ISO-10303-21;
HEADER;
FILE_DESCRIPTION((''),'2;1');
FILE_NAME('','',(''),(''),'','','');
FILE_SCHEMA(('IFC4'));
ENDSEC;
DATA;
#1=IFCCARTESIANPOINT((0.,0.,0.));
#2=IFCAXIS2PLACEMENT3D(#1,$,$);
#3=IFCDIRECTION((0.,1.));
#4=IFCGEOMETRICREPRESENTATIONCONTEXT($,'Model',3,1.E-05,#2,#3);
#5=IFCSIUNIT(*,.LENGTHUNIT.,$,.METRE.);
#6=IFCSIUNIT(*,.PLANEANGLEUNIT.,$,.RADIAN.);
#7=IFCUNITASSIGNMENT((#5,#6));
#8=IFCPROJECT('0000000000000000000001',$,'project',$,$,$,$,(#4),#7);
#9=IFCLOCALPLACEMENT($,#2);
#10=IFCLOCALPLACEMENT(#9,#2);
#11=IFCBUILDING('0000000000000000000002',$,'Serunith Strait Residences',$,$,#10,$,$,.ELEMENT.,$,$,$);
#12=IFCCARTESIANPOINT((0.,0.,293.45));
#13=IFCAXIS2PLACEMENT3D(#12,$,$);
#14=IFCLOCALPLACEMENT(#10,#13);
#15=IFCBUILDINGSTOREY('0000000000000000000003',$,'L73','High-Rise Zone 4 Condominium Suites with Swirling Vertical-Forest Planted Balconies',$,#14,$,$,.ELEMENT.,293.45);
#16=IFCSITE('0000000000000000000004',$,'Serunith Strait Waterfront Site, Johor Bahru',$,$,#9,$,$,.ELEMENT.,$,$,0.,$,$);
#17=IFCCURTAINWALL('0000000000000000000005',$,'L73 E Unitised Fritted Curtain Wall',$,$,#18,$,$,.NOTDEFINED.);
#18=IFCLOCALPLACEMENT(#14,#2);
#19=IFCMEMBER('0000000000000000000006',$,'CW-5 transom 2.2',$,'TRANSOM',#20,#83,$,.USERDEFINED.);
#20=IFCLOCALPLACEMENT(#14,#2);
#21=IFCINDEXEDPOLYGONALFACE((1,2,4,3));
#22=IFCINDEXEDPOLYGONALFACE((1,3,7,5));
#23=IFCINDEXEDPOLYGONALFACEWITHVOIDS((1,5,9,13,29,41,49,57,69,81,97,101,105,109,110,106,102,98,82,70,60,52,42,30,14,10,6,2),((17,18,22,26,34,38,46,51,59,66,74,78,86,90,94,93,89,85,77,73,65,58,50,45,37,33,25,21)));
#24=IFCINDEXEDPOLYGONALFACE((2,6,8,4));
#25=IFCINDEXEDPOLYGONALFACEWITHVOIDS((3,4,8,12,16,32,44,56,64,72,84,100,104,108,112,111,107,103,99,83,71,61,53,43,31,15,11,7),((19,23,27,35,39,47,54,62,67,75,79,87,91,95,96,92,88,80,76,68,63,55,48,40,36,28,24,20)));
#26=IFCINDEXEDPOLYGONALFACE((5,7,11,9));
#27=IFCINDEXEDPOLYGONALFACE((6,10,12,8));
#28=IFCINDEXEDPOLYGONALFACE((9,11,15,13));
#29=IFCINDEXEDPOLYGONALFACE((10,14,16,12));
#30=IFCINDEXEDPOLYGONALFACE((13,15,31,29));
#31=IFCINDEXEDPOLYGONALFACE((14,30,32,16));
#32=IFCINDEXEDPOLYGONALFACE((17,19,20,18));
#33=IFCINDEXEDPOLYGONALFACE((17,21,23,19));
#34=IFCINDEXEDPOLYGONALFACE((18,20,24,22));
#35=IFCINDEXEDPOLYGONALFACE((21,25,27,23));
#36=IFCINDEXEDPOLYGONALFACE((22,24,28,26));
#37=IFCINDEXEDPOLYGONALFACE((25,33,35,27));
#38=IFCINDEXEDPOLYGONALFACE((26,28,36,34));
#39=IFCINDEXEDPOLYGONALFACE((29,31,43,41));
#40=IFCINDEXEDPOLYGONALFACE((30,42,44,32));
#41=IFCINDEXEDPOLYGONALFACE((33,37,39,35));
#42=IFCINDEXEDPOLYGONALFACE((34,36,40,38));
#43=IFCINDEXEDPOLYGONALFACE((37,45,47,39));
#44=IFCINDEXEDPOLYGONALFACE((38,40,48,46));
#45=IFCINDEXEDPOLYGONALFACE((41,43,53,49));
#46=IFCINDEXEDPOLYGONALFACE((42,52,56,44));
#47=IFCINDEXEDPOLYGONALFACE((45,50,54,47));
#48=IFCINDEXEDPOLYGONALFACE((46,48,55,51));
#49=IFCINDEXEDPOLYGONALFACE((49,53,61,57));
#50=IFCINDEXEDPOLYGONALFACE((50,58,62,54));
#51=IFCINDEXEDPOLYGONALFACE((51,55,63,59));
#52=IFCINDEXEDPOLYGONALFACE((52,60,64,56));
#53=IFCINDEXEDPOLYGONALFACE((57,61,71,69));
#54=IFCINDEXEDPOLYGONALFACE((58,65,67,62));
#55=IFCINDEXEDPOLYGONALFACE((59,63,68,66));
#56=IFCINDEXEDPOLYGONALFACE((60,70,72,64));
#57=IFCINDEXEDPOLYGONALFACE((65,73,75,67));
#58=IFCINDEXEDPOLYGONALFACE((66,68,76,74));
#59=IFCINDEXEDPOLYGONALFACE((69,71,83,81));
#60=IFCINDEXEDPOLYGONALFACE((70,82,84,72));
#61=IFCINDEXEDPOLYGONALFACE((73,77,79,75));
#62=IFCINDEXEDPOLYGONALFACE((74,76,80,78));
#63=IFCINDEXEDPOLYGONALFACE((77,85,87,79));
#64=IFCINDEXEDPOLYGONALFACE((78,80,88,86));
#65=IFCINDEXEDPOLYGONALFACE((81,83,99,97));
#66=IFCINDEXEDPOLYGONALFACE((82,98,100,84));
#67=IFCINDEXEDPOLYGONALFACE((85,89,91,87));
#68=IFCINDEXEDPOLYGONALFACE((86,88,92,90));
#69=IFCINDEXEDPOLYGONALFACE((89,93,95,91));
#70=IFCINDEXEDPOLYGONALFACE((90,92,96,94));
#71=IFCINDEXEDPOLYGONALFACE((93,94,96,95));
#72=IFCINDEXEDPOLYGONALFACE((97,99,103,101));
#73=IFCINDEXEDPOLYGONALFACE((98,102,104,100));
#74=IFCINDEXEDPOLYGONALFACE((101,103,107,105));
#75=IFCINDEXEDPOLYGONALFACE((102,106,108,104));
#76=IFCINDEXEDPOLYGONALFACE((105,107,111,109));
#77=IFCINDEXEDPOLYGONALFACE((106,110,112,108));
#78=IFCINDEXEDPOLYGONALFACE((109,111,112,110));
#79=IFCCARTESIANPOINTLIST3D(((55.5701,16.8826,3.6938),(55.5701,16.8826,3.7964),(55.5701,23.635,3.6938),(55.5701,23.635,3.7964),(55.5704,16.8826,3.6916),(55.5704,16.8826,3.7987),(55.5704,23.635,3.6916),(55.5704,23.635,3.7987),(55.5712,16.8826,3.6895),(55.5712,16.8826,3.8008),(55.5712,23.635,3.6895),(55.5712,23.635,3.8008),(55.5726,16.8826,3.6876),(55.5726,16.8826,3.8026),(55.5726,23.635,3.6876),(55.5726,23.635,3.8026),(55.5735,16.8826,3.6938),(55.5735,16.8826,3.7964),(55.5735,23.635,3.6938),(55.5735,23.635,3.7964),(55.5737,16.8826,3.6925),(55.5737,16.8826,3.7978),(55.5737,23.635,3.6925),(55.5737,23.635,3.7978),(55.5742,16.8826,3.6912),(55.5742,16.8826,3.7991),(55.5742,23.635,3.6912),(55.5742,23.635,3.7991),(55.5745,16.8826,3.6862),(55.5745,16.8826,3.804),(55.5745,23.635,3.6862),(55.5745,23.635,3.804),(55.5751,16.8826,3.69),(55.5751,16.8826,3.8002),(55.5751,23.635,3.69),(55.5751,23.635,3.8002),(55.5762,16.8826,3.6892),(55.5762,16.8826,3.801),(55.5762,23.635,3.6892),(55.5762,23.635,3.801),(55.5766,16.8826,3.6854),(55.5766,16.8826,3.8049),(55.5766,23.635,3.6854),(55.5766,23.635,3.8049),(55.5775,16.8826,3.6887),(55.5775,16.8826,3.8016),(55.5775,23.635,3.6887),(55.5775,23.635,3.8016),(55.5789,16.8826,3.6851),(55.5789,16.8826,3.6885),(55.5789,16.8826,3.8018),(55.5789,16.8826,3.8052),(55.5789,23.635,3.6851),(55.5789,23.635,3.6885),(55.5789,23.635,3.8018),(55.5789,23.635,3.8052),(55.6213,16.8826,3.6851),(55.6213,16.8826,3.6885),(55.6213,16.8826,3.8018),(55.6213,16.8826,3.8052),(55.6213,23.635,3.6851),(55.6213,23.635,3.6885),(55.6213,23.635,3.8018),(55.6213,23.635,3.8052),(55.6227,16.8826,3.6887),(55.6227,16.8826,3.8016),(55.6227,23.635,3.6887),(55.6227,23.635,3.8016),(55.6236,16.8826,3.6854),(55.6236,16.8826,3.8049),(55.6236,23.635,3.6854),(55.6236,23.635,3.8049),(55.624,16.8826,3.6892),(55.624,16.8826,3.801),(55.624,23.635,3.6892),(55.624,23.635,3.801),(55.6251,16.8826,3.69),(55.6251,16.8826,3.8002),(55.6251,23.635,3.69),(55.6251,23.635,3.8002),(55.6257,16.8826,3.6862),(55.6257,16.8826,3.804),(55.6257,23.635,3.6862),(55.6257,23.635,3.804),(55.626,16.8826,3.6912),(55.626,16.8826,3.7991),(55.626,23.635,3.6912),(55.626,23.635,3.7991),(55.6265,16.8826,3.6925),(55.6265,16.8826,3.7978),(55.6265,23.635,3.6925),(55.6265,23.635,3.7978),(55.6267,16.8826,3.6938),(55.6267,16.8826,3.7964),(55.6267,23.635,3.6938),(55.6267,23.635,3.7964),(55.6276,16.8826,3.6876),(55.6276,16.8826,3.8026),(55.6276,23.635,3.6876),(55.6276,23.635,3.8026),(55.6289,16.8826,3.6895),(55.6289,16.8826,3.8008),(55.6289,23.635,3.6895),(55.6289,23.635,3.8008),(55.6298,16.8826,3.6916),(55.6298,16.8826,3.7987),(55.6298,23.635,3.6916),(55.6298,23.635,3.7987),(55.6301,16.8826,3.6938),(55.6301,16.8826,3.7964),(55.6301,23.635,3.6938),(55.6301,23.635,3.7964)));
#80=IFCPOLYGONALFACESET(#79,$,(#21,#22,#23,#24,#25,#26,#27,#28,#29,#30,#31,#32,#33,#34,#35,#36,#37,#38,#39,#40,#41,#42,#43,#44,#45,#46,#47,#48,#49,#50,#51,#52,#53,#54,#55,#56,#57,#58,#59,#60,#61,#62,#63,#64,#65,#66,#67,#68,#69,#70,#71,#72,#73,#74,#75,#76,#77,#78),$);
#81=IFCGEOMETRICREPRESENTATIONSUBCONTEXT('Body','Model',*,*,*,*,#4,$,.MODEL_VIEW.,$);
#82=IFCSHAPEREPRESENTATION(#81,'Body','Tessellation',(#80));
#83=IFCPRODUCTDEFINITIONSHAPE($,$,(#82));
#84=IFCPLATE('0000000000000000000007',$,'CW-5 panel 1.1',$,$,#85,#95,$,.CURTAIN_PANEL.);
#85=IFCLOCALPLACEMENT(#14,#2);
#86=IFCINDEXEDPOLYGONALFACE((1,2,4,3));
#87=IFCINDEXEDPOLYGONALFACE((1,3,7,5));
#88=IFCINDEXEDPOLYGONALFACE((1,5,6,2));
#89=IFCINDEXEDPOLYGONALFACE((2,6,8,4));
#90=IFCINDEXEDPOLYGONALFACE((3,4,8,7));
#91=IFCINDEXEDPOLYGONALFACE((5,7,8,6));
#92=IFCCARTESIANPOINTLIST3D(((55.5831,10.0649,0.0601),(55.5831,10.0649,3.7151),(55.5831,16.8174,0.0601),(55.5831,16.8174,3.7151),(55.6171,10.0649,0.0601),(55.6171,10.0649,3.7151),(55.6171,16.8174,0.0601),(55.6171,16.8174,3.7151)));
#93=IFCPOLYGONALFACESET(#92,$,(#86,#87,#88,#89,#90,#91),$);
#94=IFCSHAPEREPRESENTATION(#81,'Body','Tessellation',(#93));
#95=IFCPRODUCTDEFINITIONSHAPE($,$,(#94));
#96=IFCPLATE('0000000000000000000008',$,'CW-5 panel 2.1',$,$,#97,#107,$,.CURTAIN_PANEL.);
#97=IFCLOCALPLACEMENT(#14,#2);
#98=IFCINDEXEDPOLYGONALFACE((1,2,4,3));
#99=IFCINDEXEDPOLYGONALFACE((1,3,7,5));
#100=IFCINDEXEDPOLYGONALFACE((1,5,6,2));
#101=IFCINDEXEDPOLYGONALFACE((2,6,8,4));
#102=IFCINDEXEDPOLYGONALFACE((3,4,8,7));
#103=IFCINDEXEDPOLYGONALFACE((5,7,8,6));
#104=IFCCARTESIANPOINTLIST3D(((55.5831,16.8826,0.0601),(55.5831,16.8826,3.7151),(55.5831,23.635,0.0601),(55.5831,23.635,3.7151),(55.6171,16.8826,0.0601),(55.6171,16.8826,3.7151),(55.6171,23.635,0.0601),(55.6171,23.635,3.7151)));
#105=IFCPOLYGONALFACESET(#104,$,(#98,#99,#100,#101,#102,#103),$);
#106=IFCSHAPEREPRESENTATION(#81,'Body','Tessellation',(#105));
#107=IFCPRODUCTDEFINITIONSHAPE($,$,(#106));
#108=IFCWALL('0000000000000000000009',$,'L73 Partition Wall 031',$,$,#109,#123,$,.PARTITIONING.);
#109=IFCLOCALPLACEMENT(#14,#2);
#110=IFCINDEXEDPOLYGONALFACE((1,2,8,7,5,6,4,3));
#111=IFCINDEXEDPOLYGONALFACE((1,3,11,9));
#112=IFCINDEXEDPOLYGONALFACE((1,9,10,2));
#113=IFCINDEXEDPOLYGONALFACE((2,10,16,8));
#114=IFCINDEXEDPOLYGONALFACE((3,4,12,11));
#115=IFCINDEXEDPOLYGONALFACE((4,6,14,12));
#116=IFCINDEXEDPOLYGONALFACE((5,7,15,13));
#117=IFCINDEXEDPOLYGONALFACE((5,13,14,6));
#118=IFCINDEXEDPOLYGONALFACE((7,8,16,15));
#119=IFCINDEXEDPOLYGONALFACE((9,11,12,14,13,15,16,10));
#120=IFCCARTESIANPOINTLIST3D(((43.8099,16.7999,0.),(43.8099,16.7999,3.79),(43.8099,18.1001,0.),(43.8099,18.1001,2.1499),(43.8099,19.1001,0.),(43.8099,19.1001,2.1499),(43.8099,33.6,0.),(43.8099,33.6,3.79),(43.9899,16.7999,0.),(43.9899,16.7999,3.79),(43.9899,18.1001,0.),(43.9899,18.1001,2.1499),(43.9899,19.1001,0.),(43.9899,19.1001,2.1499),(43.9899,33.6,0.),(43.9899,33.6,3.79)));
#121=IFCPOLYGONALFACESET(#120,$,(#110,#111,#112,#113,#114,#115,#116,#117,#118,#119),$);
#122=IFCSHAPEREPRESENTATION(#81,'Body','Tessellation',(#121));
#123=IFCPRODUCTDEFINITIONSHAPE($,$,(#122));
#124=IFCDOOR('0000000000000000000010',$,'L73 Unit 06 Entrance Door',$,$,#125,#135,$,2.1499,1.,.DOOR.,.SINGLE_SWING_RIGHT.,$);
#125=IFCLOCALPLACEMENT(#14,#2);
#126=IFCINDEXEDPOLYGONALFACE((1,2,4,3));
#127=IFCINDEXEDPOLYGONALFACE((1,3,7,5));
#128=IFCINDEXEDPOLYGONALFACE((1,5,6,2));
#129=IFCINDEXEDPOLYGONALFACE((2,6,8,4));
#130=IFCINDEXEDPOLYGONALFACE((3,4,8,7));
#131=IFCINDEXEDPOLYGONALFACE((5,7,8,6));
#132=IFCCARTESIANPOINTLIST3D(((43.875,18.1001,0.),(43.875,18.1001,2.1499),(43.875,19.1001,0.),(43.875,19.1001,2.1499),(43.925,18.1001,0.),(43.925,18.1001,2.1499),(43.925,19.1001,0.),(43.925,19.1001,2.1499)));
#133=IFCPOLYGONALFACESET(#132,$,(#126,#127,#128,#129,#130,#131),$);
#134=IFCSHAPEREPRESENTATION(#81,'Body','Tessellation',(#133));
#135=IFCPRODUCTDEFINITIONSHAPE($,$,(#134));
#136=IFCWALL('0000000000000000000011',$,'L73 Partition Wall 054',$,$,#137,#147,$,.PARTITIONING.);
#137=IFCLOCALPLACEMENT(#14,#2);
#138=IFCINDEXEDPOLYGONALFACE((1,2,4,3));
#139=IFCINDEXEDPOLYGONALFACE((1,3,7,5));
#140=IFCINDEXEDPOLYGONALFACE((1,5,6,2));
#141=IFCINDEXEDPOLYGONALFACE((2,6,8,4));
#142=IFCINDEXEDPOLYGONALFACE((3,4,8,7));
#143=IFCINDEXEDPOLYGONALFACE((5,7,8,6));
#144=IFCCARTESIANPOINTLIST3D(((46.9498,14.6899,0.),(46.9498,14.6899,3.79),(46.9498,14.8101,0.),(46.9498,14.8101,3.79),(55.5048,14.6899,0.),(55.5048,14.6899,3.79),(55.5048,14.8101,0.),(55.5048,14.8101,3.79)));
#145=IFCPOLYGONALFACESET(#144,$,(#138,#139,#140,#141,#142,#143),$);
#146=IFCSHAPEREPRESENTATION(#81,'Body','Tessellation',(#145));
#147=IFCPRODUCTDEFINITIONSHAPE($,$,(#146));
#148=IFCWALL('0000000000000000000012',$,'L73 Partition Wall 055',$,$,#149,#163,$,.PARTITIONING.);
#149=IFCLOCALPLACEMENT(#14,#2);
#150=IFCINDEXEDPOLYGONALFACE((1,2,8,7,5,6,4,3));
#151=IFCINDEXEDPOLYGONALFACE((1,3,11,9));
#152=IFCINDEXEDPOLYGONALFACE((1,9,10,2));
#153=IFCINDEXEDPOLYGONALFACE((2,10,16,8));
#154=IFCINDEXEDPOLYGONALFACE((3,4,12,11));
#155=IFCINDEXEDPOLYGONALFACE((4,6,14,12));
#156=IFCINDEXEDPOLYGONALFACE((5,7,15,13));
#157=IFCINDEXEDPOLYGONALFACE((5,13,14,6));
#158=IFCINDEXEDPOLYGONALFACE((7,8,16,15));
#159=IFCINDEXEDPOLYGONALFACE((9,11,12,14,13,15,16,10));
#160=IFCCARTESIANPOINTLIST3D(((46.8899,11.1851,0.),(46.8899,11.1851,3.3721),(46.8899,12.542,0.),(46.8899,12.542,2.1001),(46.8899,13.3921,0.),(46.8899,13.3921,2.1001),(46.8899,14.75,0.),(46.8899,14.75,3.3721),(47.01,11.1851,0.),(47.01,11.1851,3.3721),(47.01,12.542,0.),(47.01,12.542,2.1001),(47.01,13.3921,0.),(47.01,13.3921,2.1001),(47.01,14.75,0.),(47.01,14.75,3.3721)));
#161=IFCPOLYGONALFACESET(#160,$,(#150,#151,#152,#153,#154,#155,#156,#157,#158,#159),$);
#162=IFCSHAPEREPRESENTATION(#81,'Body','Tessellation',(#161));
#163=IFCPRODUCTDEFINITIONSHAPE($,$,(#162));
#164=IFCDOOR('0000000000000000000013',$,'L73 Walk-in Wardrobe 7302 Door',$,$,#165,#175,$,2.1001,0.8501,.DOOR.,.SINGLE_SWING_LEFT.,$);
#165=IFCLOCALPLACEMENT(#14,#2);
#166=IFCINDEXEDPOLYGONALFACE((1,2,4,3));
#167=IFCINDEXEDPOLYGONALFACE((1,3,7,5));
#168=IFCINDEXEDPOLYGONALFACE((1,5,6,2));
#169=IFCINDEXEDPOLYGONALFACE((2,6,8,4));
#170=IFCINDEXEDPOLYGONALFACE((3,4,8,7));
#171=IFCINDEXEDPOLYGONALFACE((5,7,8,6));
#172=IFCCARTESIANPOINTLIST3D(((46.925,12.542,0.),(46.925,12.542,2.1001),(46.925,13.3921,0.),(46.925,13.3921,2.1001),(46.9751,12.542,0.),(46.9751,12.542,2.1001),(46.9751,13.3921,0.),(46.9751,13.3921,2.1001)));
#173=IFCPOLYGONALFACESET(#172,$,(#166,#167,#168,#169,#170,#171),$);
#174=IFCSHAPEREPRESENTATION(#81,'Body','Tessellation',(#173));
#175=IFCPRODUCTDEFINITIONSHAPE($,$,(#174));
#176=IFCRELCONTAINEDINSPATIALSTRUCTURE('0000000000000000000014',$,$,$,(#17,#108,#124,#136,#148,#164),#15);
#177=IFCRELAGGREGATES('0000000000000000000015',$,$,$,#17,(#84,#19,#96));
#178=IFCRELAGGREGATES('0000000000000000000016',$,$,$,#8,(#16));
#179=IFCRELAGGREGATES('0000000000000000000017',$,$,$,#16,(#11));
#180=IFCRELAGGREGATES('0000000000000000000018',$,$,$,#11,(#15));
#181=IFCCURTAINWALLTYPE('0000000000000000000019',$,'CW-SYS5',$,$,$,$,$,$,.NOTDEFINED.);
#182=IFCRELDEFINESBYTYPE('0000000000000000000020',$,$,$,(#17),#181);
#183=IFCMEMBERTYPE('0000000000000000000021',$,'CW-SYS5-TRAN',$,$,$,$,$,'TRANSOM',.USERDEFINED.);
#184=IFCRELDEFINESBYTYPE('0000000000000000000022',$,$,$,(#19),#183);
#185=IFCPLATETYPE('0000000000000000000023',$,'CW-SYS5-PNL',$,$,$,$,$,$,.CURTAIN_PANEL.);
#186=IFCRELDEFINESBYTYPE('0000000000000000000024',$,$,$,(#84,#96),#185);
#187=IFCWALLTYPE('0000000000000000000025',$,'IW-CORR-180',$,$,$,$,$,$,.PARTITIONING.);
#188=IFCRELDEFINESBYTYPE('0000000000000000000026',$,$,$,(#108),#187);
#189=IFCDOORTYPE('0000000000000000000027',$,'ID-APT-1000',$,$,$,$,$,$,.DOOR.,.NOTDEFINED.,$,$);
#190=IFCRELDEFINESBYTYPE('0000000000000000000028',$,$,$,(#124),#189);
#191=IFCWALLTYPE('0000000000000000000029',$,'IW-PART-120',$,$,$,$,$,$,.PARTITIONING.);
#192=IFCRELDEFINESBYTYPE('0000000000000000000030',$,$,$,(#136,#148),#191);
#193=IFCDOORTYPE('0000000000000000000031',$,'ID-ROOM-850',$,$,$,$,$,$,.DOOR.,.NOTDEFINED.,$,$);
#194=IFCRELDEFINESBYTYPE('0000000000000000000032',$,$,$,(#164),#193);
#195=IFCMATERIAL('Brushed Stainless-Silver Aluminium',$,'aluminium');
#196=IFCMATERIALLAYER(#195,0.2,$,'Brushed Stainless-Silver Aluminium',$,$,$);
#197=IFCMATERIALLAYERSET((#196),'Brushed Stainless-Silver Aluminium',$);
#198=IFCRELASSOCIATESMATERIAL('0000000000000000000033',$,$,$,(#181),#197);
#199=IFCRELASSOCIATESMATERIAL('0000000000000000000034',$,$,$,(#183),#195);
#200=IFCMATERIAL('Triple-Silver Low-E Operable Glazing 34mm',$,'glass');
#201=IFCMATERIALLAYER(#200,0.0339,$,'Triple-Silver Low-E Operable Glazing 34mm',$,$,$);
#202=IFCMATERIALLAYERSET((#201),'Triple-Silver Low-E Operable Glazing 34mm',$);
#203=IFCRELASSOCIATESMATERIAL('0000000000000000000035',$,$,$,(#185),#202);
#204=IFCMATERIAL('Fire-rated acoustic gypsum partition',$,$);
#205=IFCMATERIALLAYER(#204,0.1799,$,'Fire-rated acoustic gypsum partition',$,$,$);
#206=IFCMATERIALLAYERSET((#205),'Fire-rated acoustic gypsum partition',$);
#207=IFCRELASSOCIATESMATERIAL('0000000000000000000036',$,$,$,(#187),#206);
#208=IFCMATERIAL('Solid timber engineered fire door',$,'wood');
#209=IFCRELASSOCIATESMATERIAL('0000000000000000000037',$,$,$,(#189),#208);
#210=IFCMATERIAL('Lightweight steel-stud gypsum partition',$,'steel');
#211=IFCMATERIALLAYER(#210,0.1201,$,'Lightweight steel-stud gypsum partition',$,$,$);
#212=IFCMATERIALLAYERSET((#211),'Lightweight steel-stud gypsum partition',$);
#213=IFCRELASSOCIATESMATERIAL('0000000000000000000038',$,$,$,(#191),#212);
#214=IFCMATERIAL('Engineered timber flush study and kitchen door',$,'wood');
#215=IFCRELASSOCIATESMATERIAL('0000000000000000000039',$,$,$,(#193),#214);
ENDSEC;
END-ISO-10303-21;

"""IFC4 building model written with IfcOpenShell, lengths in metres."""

from ifc_helpers import new_model, si_unit, direction, frame, frame_2d, origin, origin_2d, place, context, subcontext, project, spatial, rectangle, hollow_rectangle, extrude, source, transform, mapped, material, layer, layer_set, material_profile, profile_set, type_object, element, fill, aggregate, save


model = new_model("IFC4")

# Units and contexts
model_context = context("Model", 3, precision=1e-05, world=origin(), true_north=direction((0.0, 1.0)))
body_context = subcontext(model_context, "Body", "Model", "MODEL_VIEW")
ifc_project = project(units=[si_unit("LENGTHUNIT", "METRE"), si_unit("PLANEANGLEUNIT", "RADIAN")], contexts=[model_context])

# Site, building, storey
site_placement = place(None, origin())
site = spatial("IfcSite", under=ifc_project, at=site_placement, Name="Serunith Strait Waterfront Site, Johor Bahru", CompositionType="ELEMENT", RefElevation=0.0)
building_placement = place(site_placement, origin())
building = spatial("IfcBuilding", under=site, at=building_placement, Name="Serunith Strait Residences", CompositionType="ELEMENT")
storey_placement = place(building_placement, frame((0.0, 0.0, 293.45)))
storey = spatial("IfcBuildingStorey", under=building, at=storey_placement, Name="L73", Description="High-Rise Zone 4 Condominium Suites with Swirling Vertical-Forest Planted Balconies", CompositionType="ELEMENT", Elevation=293.45)

# Curtain wall, member, plates
ifc_material_1 = material(Name="Brushed Stainless-Silver Aluminium", Category="aluminium")
ifc_layer_1 = layer(ifc_material_1, 0.2, Name="Brushed Stainless-Silver Aluminium")
ifc_layer_set_1 = layer_set([ifc_layer_1], Name="Brushed Stainless-Silver Aluminium")
curtain_wall_type = type_object("IfcCurtainWallType", Name="CW-SYS5", PredefinedType="NOTDEFINED", material=ifc_layer_set_1)
curtain_wall_placement = place(storey_placement, origin())
curtain_wall = element("IfcCurtainWall", 1, at=curtain_wall_placement, inside=storey, type_object=curtain_wall_type, Name="L73 E Unitised Fritted Curtain Wall", PredefinedType="NOTDEFINED")
ifc_material_profile_1 = material_profile(ifc_material_1, hollow_rectangle(XDim=0.0601, YDim=0.1201, WallThickness=0.0034, InnerFilletRadius=0.0054, OuterFilletRadius=0.0088, at=origin_2d()), Name="ALU 120x60x3.5")
ifc_profile_set_1 = profile_set([ifc_material_profile_1], Name="Brushed Stainless-Silver Aluminium")
member_type_1 = type_object("IfcMemberType", Name="CW-SYS5-TRAN", ElementType="TRANSOM", PredefinedType="USERDEFINED", material=ifc_profile_set_1)
shared_shape_1 = source(origin(), body_context, "Body", "SweptSolid", [
    extrude(hollow_rectangle(XDim=0.0601, YDim=0.1201, WallThickness=0.0034, InnerFilletRadius=0.0054, OuterFilletRadius=0.0088, at=origin_2d()), origin(), (0.0, 0.0, 1.0), 6.7524),
])
member_1_placement = place(storey_placement, frame((55.6001, 16.8826, 3.7451), z_axis=(0.0, 1.0, 0.0), x_axis=(-1.0, 0.0, 0.0)))
member_1 = element("IfcMember", 2, at=member_1_placement, type_object=member_type_1, Name="CW-5 transom 2.2", ObjectType="TRANSOM", PredefinedType="USERDEFINED", context=body_context, shape_type="MappedRepresentation", body=[
    mapped(shared_shape_1, transform((0.0, 0.0, 0.0), scale=1.0)),
])
ifc_material_2 = material(Name="Triple-Silver Low-E Operable Glazing 34mm", Category="glass")
ifc_layer_2 = layer(ifc_material_2, 0.0339, Name="Triple-Silver Low-E Operable Glazing 34mm")
ifc_layer_set_2 = layer_set([ifc_layer_2], Name="Triple-Silver Low-E Operable Glazing 34mm")
plate_type = type_object("IfcPlateType", Name="CW-SYS5-PNL", PredefinedType="CURTAIN_PANEL", material=ifc_layer_set_2)
shared_shape_2 = source(origin(), body_context, "Body", "SweptSolid", [
    extrude(rectangle(XDim=6.7524, YDim=0.0339, at=origin_2d()), origin(), (0.0, 0.0, 1.0), 3.655),
])
plate_1_placement = place(storey_placement, frame((55.6001, 13.4412, 0.0601), z_axis=(0.0, 0.0, 1.0), x_axis=(0.0, 1.0, 0.0)))
plate_1 = element("IfcPlate", 3, at=plate_1_placement, type_object=plate_type, Name="CW-5 panel 1.1", PredefinedType="CURTAIN_PANEL", context=body_context, shape_type="MappedRepresentation", body=[
    mapped(shared_shape_2, transform((0.0, 0.0, 0.0), scale=1.0)),
])
plate_2_placement = place(storey_placement, frame((55.6001, 20.2588, 0.0601), z_axis=(0.0, 0.0, 1.0), x_axis=(0.0, 1.0, 0.0)))
plate_2 = element("IfcPlate", 4, at=plate_2_placement, type_object=plate_type, Name="CW-5 panel 2.1", PredefinedType="CURTAIN_PANEL", context=body_context, shape_type="MappedRepresentation", body=[
    mapped(shared_shape_2, transform((0.0, 0.0, 0.0), scale=1.0)),
])
aggregate(curtain_wall, [plate_1, member_1, plate_2])

# Wall, opening, door
ifc_material_3 = material(Name="Fire-rated acoustic gypsum partition")
ifc_layer_3 = layer(ifc_material_3, 0.1799, Name="Fire-rated acoustic gypsum partition")
ifc_layer_set_3 = layer_set([ifc_layer_3], Name="Fire-rated acoustic gypsum partition")
wall_type_1 = type_object("IfcWallType", Name="IW-CORR-180", PredefinedType="PARTITIONING", material=ifc_layer_set_3)
wall_1_placement = place(storey_placement, frame((43.8999, 16.8, 0.0), z_axis=(0.0, 0.0, 1.0), x_axis=(0.0, 1.0, 0.0)))
wall_1 = element("IfcWall", 5, at=wall_1_placement, inside=storey, type_object=wall_type_1, Name="L73 Partition Wall 031", PredefinedType="PARTITIONING", context=body_context, shape_type="SweptSolid", body=[
    extrude(rectangle(XDim=16.8, YDim=0.1799, at=frame_2d((8.3999, 0.0))), origin(), (0.0, 0.0, 1.0), 3.79),
])
opening_1_placement = place(wall_1_placement, frame((1.3, 0.0, 0.0)))
opening_1 = element("IfcOpeningElement", 6, at=opening_1_placement, cuts=wall_1, PredefinedType="OPENING", context=body_context, shape_type="SweptSolid", body=[
    extrude(rectangle(XDim=1.0, YDim=2.1499, at=frame_2d((0.5, 1.075))), frame((0.0, 0.1001, 0.0), z_axis=(0.0, -1.0, 0.0), x_axis=(1.0, 0.0, 0.0)), (0.0, 0.0, 1.0), 0.2),
])
ifc_material_4 = material(Name="Solid timber engineered fire door", Category="wood")
door_type_1 = type_object("IfcDoorType", Name="ID-APT-1000", OperationType="NOTDEFINED", PredefinedType="DOOR", material=ifc_material_4)
shared_shape_3 = source(origin(), body_context, "Body", "SweptSolid", [
    extrude(rectangle(XDim=1.0, YDim=2.1499, at=frame_2d((0.5, 1.075))), frame((0.0, 0.0249, 0.0), z_axis=(0.0, -1.0, 0.0), x_axis=(1.0, 0.0, 0.0)), (0.0, 0.0, 1.0), 0.05),
])
door_1_placement = place(opening_1_placement, origin())
door_1 = element("IfcDoor", 7, at=door_1_placement, inside=storey, type_object=door_type_1, Name="L73 Unit 06 Entrance Door", OperationType="SINGLE_SWING_RIGHT", OverallHeight=2.1499, OverallWidth=1.0, PredefinedType="DOOR", context=body_context, shape_type="MappedRepresentation", body=[
    mapped(shared_shape_3, transform((0.0, 0.0, 0.0), scale=1.0)),
])
fill(opening_1, door_1)

# Wall
ifc_material_5 = material(Name="Lightweight steel-stud gypsum partition", Category="steel")
ifc_layer_4 = layer(ifc_material_5, 0.1201, Name="Lightweight steel-stud gypsum partition")
ifc_layer_set_4 = layer_set([ifc_layer_4], Name="Lightweight steel-stud gypsum partition")
wall_type_2 = type_object("IfcWallType", Name="IW-PART-120", PredefinedType="PARTITIONING", material=ifc_layer_set_4)
wall_2_placement = place(storey_placement, frame((46.95, 14.75, 0.0), z_axis=(0.0, 0.0, 1.0), x_axis=(1.0, 0.0, 0.0)))
element("IfcWall", 8, at=wall_2_placement, inside=storey, type_object=wall_type_2, Name="L73 Partition Wall 054", PredefinedType="PARTITIONING", context=body_context, shape_type="SweptSolid", body=[
    extrude(rectangle(XDim=8.5549, YDim=0.1201, at=frame_2d((4.2773, 0.0))), origin(), (0.0, 0.0, 1.0), 3.79),
])

# Wall, opening, door
wall_3_placement = place(storey_placement, frame((46.95, 11.1851, 0.0), z_axis=(0.0, 0.0, 1.0), x_axis=(0.0, 1.0, 0.0)))
wall_3 = element("IfcWall", 9, at=wall_3_placement, inside=storey, type_object=wall_type_2, Name="L73 Partition Wall 055", PredefinedType="PARTITIONING", context=body_context, shape_type="SweptSolid", body=[
    extrude(rectangle(XDim=3.5649, YDim=0.1201, at=frame_2d((1.7825, 0.0))), origin(), (0.0, 0.0, 1.0), 3.3721),
])
opening_2_placement = place(wall_3_placement, frame((1.3569, 0.0, 0.0)))
opening_2 = element("IfcOpeningElement", 10, at=opening_2_placement, cuts=wall_3, PredefinedType="OPENING", context=body_context, shape_type="SweptSolid", body=[
    extrude(rectangle(XDim=0.8501, YDim=2.1001, at=frame_2d((0.425, 1.05))), frame((0.0, 0.0701, 0.0), z_axis=(0.0, -1.0, 0.0), x_axis=(1.0, 0.0, 0.0)), (0.0, 0.0, 1.0), 0.1401),
])
ifc_material_6 = material(Name="Engineered timber flush study and kitchen door", Category="wood")
door_type_2 = type_object("IfcDoorType", Name="ID-ROOM-850", OperationType="NOTDEFINED", PredefinedType="DOOR", material=ifc_material_6)
shared_shape_4 = source(origin(), body_context, "Body", "SweptSolid", [
    extrude(rectangle(XDim=0.8501, YDim=2.1001, at=frame_2d((0.425, 1.05))), frame((0.0, 0.0249, 0.0), z_axis=(0.0, -1.0, 0.0), x_axis=(1.0, 0.0, 0.0)), (0.0, 0.0, 1.0), 0.05),
])
door_2_placement = place(opening_2_placement, origin())
door_2 = element("IfcDoor", 11, at=door_2_placement, inside=storey, type_object=door_type_2, Name="L73 Walk-in Wardrobe 7302 Door", OperationType="SINGLE_SWING_LEFT", OverallHeight=2.1001, OverallWidth=0.8501, PredefinedType="DOOR", context=body_context, shape_type="MappedRepresentation", body=[
    mapped(shared_shape_4, transform((0.0, 0.0, 0.0), scale=1.0)),
])
fill(opening_2, door_2)

save(model, "model.ifc")
